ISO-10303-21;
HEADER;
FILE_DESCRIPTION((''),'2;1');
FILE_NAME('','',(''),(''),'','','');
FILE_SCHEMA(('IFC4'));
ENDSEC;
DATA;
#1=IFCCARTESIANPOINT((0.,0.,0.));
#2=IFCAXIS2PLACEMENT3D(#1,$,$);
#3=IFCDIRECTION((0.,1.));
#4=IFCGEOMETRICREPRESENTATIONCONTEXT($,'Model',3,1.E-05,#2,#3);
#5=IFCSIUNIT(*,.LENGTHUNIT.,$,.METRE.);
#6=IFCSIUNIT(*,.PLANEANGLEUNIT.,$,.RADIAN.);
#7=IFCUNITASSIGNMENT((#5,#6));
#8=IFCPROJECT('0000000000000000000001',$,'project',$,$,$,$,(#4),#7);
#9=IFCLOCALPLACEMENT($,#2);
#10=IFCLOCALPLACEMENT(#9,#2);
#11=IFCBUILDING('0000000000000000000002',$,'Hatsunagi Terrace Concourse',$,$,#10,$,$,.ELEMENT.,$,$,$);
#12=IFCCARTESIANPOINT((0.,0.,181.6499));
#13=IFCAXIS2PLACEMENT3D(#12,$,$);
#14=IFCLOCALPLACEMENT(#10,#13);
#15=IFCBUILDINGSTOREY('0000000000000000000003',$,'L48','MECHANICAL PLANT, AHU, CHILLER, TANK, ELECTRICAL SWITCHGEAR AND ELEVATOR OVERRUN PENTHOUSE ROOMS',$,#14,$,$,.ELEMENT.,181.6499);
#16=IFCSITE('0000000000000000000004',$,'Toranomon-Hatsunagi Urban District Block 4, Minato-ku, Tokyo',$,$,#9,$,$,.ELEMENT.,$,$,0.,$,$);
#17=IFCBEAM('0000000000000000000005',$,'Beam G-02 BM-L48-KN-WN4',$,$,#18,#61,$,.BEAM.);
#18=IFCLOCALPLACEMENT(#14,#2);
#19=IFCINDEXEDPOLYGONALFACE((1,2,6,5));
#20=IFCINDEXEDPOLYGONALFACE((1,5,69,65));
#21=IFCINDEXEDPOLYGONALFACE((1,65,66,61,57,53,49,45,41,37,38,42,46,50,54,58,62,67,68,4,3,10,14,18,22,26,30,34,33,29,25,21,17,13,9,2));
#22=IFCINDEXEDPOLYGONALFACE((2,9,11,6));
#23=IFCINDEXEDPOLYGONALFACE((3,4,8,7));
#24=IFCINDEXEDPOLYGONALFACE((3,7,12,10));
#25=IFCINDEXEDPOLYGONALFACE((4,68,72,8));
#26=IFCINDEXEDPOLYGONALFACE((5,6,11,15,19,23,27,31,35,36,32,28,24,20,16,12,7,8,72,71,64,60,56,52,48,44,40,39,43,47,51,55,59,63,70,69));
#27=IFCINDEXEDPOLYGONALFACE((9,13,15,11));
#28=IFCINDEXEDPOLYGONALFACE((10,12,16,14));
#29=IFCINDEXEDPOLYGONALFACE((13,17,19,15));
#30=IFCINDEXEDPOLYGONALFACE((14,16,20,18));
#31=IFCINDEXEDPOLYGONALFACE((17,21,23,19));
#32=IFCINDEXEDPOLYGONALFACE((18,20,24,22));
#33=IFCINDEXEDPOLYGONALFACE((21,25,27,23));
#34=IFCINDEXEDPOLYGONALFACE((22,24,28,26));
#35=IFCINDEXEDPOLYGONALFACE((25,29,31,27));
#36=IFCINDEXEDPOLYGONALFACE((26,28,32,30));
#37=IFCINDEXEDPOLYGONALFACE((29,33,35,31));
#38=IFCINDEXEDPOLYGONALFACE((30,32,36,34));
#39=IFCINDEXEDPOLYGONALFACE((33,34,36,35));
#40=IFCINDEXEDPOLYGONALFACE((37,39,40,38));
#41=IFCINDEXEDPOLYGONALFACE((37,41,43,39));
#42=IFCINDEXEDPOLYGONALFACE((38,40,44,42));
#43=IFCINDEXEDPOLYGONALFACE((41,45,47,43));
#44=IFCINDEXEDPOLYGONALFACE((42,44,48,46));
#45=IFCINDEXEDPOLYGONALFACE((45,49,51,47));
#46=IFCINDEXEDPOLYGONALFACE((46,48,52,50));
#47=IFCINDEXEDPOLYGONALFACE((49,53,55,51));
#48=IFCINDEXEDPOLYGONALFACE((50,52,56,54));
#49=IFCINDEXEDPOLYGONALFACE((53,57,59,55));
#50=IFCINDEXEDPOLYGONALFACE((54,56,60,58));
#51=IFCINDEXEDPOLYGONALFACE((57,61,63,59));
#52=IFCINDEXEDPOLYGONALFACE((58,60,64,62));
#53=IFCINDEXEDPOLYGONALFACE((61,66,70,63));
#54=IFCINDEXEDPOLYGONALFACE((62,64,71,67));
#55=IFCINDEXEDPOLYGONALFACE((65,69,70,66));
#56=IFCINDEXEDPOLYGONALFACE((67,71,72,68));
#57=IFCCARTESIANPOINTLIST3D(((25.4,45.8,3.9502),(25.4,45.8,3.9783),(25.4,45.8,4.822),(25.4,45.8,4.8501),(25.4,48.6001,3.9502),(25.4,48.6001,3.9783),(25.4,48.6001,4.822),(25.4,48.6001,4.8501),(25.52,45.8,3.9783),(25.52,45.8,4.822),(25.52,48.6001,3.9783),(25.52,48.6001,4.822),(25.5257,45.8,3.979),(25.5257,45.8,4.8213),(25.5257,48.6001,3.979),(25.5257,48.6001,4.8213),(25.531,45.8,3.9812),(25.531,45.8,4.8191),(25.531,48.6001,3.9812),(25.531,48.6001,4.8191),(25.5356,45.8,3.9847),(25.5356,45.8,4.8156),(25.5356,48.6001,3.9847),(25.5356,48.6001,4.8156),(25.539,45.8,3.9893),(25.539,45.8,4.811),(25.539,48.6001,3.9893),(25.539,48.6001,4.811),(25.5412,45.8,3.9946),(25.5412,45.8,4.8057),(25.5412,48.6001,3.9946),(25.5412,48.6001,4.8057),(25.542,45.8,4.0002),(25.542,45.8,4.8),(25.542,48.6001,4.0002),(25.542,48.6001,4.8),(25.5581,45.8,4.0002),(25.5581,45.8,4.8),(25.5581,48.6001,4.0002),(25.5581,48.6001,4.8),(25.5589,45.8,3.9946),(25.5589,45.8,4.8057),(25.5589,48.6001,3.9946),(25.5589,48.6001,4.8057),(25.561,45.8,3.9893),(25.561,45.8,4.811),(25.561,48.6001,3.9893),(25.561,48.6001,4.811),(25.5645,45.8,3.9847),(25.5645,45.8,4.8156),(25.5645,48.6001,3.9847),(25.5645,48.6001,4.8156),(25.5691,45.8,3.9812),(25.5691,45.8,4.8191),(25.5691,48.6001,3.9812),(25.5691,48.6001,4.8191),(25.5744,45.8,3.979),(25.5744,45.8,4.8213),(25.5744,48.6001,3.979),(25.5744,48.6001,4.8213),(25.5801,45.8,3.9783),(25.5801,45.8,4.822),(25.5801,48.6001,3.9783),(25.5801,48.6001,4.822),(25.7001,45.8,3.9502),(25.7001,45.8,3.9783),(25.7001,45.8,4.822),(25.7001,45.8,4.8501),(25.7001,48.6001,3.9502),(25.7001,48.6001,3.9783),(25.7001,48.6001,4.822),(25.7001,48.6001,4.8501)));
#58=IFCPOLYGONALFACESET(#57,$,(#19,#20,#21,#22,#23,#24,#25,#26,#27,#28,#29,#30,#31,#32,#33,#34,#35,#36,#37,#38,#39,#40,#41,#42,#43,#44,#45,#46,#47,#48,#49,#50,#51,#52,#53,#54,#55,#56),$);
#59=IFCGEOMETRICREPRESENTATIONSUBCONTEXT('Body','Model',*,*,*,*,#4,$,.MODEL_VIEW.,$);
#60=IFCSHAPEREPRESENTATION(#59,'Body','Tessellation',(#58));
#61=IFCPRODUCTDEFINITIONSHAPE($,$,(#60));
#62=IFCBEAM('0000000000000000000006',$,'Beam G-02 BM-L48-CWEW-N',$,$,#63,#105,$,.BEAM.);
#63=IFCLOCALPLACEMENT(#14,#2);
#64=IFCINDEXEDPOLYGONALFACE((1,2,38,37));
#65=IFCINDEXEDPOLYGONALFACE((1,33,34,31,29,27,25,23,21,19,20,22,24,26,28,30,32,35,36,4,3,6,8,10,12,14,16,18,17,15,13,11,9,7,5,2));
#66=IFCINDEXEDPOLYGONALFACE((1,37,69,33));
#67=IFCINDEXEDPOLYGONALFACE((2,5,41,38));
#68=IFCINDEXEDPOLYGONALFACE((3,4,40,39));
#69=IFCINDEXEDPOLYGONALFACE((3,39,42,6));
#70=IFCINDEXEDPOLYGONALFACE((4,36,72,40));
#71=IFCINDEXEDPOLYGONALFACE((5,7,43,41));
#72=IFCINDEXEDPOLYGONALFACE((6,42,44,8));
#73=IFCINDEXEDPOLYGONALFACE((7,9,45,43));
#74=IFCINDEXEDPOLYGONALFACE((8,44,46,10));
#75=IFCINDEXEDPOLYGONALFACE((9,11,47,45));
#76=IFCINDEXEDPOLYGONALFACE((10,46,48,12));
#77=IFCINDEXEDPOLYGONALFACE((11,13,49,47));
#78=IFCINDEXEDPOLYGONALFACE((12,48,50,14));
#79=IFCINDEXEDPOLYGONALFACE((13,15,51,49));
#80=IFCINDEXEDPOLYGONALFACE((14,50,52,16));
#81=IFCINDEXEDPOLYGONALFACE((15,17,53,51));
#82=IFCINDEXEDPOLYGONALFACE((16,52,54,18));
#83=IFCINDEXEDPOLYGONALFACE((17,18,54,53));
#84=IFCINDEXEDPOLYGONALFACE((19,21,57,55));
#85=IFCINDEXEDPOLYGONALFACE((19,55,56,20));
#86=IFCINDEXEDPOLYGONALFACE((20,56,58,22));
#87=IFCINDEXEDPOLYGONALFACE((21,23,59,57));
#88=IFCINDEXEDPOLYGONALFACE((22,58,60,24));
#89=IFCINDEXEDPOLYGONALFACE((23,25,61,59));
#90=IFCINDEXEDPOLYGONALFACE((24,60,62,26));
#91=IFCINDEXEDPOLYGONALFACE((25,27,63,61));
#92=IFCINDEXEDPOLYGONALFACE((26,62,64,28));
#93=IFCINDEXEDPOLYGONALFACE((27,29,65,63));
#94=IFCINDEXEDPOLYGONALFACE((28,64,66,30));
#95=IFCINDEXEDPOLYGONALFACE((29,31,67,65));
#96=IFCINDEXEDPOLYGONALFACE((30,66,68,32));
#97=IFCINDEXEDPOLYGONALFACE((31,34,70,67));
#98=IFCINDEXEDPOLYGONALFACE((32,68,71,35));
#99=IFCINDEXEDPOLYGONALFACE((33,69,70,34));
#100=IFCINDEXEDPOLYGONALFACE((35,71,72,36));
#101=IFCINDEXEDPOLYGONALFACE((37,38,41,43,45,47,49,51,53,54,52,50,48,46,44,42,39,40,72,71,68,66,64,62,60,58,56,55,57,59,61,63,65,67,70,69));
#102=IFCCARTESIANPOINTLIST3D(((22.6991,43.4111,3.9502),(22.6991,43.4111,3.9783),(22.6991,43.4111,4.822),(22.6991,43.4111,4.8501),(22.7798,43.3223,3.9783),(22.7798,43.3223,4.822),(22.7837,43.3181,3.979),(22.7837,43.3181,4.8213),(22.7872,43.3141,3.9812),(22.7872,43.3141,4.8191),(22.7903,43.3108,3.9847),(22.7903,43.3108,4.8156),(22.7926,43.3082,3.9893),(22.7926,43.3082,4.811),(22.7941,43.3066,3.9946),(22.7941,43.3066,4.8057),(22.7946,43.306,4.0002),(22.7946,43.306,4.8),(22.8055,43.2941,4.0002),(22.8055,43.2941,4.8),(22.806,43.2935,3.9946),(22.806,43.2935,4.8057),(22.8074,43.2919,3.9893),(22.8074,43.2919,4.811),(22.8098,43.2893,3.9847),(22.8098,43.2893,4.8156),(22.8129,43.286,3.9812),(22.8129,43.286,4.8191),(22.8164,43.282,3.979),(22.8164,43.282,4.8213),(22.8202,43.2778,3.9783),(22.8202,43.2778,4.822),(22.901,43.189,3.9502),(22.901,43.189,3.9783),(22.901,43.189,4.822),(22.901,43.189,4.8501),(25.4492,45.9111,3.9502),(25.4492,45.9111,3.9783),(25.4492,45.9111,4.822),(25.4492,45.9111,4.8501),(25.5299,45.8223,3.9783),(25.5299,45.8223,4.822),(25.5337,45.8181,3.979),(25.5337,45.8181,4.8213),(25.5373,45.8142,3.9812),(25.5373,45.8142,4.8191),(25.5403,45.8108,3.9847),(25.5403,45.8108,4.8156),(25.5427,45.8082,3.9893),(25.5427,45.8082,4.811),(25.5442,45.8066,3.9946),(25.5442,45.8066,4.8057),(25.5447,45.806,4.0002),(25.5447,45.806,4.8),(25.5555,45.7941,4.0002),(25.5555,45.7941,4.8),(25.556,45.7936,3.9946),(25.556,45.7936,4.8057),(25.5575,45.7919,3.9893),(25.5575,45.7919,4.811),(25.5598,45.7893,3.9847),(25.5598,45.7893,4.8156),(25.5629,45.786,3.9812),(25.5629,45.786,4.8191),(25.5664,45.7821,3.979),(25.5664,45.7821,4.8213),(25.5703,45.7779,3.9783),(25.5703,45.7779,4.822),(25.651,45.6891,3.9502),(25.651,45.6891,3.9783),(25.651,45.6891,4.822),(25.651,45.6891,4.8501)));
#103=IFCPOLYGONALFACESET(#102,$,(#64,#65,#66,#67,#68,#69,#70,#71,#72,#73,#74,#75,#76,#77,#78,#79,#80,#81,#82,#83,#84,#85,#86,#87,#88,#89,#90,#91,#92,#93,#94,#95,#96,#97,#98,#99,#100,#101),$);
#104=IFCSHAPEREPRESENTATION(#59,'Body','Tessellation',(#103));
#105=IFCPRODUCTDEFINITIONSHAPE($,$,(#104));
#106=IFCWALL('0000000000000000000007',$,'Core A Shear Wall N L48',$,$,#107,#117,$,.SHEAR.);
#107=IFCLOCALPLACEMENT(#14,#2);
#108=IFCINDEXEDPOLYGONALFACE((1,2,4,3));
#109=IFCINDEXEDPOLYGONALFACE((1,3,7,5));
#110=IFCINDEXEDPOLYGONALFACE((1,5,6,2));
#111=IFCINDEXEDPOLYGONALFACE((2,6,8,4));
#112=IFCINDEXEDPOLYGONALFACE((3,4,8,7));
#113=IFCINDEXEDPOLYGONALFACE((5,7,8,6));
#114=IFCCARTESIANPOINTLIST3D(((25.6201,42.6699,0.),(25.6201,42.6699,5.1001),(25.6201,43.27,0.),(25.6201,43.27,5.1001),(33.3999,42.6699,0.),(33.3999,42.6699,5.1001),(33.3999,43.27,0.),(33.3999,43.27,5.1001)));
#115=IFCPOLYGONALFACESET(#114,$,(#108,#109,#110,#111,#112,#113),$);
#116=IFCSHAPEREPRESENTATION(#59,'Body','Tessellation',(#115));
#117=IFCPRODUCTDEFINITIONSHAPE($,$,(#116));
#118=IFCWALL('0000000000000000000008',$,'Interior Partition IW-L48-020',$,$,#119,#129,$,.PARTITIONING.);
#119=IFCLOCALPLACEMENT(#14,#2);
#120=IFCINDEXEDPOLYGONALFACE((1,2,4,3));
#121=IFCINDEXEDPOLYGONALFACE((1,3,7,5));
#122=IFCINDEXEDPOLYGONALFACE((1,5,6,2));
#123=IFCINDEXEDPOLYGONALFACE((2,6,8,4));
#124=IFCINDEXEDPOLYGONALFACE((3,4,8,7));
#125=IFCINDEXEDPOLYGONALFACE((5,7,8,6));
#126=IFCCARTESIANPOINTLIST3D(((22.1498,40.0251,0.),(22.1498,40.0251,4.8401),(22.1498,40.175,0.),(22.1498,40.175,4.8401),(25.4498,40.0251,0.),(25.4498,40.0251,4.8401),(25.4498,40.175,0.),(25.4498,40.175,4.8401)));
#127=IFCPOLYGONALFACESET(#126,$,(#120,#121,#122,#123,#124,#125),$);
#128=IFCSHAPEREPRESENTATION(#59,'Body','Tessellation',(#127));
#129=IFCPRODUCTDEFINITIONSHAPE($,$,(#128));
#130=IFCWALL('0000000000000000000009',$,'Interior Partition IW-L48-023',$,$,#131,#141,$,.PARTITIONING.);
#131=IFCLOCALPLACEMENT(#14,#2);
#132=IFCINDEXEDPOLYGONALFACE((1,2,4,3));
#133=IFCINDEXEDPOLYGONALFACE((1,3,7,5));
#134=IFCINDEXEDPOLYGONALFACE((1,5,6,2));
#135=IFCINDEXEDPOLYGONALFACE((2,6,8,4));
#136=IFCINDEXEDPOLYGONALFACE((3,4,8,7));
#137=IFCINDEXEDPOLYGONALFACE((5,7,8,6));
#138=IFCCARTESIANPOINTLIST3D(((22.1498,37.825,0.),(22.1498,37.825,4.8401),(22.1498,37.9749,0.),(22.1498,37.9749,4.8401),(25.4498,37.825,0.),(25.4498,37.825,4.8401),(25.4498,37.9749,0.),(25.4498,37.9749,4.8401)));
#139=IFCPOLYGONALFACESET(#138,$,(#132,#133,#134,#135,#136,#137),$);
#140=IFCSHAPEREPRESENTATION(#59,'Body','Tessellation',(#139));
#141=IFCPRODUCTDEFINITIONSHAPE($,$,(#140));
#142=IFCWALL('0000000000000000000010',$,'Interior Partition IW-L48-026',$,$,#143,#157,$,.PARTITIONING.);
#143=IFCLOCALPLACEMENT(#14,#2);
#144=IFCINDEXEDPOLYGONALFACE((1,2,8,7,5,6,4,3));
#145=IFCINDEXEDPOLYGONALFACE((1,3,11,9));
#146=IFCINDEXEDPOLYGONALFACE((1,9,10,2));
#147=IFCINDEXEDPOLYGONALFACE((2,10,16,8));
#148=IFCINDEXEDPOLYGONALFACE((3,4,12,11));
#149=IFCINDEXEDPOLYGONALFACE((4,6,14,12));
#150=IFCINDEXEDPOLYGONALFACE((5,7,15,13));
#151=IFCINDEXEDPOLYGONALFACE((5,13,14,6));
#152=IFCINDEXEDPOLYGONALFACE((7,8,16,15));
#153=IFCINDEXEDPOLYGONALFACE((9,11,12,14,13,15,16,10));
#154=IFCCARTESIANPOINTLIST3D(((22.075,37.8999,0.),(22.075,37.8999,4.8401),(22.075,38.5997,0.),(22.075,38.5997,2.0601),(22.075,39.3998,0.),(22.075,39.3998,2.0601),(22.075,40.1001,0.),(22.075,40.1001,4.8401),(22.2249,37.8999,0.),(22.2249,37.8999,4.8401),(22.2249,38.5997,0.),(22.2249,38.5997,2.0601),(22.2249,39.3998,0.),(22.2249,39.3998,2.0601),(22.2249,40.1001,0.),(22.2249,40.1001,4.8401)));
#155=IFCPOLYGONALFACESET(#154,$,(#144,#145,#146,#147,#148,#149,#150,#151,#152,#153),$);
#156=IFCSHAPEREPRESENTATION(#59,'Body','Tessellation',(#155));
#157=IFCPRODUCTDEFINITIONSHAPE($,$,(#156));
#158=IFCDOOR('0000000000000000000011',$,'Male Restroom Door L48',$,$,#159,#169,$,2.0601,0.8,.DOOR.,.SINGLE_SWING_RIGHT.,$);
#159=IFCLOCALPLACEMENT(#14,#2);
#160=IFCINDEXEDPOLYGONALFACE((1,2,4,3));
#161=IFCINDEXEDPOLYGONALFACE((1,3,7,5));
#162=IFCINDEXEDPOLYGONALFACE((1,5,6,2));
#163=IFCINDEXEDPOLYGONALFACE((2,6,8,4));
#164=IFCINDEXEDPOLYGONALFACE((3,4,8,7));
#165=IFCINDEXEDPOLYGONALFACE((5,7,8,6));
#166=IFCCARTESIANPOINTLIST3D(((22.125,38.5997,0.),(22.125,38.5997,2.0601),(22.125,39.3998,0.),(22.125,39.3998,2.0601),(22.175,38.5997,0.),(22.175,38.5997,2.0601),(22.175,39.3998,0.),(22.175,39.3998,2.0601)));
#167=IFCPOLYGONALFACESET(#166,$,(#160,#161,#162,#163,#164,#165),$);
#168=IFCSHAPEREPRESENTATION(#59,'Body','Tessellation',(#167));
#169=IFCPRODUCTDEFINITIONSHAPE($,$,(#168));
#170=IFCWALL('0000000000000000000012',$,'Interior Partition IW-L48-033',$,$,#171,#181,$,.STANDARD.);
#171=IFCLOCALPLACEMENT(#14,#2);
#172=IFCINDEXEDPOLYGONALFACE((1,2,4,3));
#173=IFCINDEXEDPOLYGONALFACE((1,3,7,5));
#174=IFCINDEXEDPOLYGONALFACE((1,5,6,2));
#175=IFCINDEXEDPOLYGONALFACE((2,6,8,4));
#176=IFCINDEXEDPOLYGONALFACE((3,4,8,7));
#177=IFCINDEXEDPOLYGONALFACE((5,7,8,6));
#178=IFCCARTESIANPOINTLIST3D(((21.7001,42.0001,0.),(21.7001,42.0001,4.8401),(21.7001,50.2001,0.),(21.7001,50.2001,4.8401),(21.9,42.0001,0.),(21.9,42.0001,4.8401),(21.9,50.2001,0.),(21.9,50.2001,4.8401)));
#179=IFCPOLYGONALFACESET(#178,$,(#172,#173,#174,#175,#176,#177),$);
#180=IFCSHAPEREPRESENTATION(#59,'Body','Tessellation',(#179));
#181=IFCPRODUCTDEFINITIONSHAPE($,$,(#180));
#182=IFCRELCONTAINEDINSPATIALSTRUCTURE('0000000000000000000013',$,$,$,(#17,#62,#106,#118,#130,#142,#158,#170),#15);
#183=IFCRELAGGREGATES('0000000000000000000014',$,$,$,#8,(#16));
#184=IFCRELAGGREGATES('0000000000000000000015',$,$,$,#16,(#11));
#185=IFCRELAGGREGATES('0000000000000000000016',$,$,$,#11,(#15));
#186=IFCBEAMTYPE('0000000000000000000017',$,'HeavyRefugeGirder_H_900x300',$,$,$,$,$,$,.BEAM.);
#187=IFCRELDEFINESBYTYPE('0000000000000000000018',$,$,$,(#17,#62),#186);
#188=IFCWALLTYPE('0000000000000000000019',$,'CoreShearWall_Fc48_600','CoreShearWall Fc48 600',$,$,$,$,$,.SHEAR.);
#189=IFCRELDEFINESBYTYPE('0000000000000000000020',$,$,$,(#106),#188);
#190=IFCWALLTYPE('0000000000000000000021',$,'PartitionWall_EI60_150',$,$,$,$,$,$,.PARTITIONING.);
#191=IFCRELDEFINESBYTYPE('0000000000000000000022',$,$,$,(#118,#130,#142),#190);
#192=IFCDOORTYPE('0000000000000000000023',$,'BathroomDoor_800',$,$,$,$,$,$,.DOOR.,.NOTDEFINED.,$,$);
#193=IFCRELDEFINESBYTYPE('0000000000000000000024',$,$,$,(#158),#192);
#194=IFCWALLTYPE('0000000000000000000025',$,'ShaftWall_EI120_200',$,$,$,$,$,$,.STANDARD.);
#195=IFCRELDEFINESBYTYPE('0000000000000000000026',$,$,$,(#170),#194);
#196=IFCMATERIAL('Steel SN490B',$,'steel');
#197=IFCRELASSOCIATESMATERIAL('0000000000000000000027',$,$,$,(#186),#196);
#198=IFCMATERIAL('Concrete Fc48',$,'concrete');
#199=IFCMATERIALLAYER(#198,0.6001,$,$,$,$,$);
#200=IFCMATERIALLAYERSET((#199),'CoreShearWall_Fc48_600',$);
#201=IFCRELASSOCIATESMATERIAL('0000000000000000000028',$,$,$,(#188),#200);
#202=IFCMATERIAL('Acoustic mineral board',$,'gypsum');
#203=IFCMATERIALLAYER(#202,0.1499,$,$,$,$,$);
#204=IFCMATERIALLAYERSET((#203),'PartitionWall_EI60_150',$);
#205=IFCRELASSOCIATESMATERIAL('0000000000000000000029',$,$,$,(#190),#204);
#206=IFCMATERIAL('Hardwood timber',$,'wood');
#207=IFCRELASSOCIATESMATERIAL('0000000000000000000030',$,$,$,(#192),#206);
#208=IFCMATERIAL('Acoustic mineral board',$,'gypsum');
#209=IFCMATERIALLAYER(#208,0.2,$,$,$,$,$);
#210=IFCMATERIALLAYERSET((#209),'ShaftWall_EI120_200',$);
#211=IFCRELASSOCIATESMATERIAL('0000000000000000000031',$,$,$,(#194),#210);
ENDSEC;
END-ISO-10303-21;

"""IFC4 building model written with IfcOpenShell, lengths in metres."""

from ifc_helpers import new_model, si_unit, direction, frame, frame_2d, origin, origin_2d, place, context, subcontext, project, spatial, rectangle, i_section, extrude, material, layer, layer_set, material_profile, profile_set, type_object, element, fill, save


model = new_model("IFC4")

# Units and contexts
model_context = context("Model", 3, precision=1e-05, world=origin(), true_north=direction((0.0, 1.0)))
body_context = subcontext(model_context, "Body", "Model", "MODEL_VIEW")
ifc_project = project(units=[si_unit("LENGTHUNIT", "METRE"), si_unit("PLANEANGLEUNIT", "RADIAN")], contexts=[model_context])

# Site, building, storey
site_placement = place(None, origin())
site = spatial("IfcSite", under=ifc_project, at=site_placement, Name="Toranomon-Hatsunagi Urban District Block 4, Minato-ku, Tokyo", CompositionType="ELEMENT", RefElevation=0.0)
building_placement = place(site_placement, origin())
building = spatial("IfcBuilding", under=site, at=building_placement, Name="Hatsunagi Terrace Concourse", CompositionType="ELEMENT")
storey_placement = place(building_placement, frame((0.0, 0.0, 181.6499)))
storey = spatial("IfcBuildingStorey", under=building, at=storey_placement, Name="L48", Description="MECHANICAL PLANT, AHU, CHILLER, TANK, ELECTRICAL SWITCHGEAR AND ELEVATOR OVERRUN PENTHOUSE ROOMS", CompositionType="ELEMENT", Elevation=181.6499)

# Beams
ifc_material_1 = material(Name="Steel SN490B", Category="steel")
ifc_material_profile_1 = material_profile(ifc_material_1, i_section(OverallWidth=0.3, OverallDepth=0.8999, WebThickness=0.0161, FlangeThickness=0.0281, FilletRadius=0.022, at=origin_2d()), Name="H-900x300x16x28")
ifc_profile_set_1 = profile_set([ifc_material_profile_1], Name="Steel SN490B")
beam_type = type_object("IfcBeamType", Name="HeavyRefugeGirder_H_900x300", PredefinedType="BEAM", material=ifc_profile_set_1)
beam_1_placement = place(storey_placement, frame((25.55, 45.8, 4.4001), z_axis=(0.0, 1.0, 0.0), x_axis=(-1.0, 0.0, 0.0)))
element("IfcBeam", 1, at=beam_1_placement, inside=storey, type_object=beam_type, Name="Beam G-02 BM-L48-KN-WN4", PredefinedType="BEAM", context=body_context, shape_type="SweptSolid", body=[
    extrude(i_section(OverallWidth=0.3, OverallDepth=0.8999, WebThickness=0.0161, FlangeThickness=0.0281, FilletRadius=0.022, at=origin_2d()), origin(), (0.0, 0.0, 1.0), 2.8),
])
beam_2_placement = place(storey_placement, frame((22.8, 43.3, 4.4001), z_axis=(0.73994, 0.672673, 0.0), x_axis=(-0.672673, 0.73994, 0.0)))
element("IfcBeam", 2, at=beam_2_placement, inside=storey, type_object=beam_type, Name="Beam G-02 BM-L48-CWEW-N", PredefinedType="BEAM", context=body_context, shape_type="SweptSolid", body=[
    extrude(i_section(OverallWidth=0.3, OverallDepth=0.8999, WebThickness=0.0161, FlangeThickness=0.0281, FilletRadius=0.022, at=origin_2d()), origin(), (0.0, 0.0, 1.0), 3.7166),
])

# Walls
ifc_material_2 = material(Name="Concrete Fc48", Category="concrete")
ifc_layer_1 = layer(ifc_material_2, 0.6001)
ifc_layer_set_1 = layer_set([ifc_layer_1], Name="CoreShearWall_Fc48_600")
wall_type_1 = type_object("IfcWallType", Name="CoreShearWall_Fc48_600", Description="CoreShearWall Fc48 600", PredefinedType="SHEAR", material=ifc_layer_set_1)
wall_1_placement = place(storey_placement, frame((25.6201, 42.97, 0.0), z_axis=(0.0, 0.0, 1.0), x_axis=(1.0, 0.0, 0.0)))
element("IfcWall", 3, at=wall_1_placement, inside=storey, type_object=wall_type_1, Name="Core A Shear Wall N L48", PredefinedType="SHEAR", context=body_context, shape_type="SweptSolid", body=[
    extrude(rectangle(XDim=7.7798, YDim=0.6001, at=frame_2d((3.8899, 0.0))), origin(), (0.0, 0.0, 1.0), 5.1001),
])
ifc_material_3 = material(Name="Acoustic mineral board", Category="gypsum")
ifc_layer_2 = layer(ifc_material_3, 0.1499)
ifc_layer_set_2 = layer_set([ifc_layer_2], Name="PartitionWall_EI60_150")
wall_type_2 = type_object("IfcWallType", Name="PartitionWall_EI60_150", PredefinedType="PARTITIONING", material=ifc_layer_set_2)
for number, where, z_axis, x_axis, name in (
    (4, (22.1499, 40.1001, 0.0), (0.0, 0.0, 1.0), (1.0, 0.0, 0.0), "Interior Partition IW-L48-020"),
    (5, (22.1499, 37.8999, 0.0), (0.0, 0.0, 1.0), (1.0, 0.0, 0.0), "Interior Partition IW-L48-023"),
):
    element("IfcWall", number, at=place(storey_placement, frame(where, z_axis=z_axis, x_axis=x_axis)), inside=storey, type_object=wall_type_2, Name=name, PredefinedType="PARTITIONING", context=body_context, shape_type="SweptSolid", body=[
        extrude(rectangle(XDim=3.3, YDim=0.1499, at=frame_2d((1.6499, 0.0))), origin(), (0.0, 0.0, 1.0), 4.8401),
    ])

# Wall, opening, door
wall_2_placement = place(storey_placement, frame((22.1499, 37.8999, 0.0), z_axis=(0.0, 0.0, 1.0), x_axis=(0.0, 1.0, 0.0)))
wall_2 = element("IfcWall", 6, at=wall_2_placement, inside=storey, type_object=wall_type_2, Name="Interior Partition IW-L48-026", PredefinedType="PARTITIONING", context=body_context, shape_type="SweptSolid", body=[
    extrude(rectangle(XDim=2.2002, YDim=0.1499, at=frame_2d((1.1001, 0.0))), origin(), (0.0, 0.0, 1.0), 4.8401),
])
opening_1_placement = place(wall_2_placement, frame((0.7, 0.0, 0.0)))
opening_1 = element("IfcOpeningElement", 7, at=opening_1_placement, cuts=wall_2, PredefinedType="OPENING", context=body_context, shape_type="SweptSolid", body=[
    extrude(rectangle(XDim=0.8, YDim=2.0601, at=frame_2d((0.3999, 1.03))), frame((0.0, 0.085, 0.0), z_axis=(0.0, -1.0, 0.0), x_axis=(1.0, 0.0, 0.0)), (0.0, 0.0, 1.0), 0.1699),
])
ifc_material_4 = material(Name="Hardwood timber", Category="wood")
door_type_1 = type_object("IfcDoorType", Name="BathroomDoor_800", OperationType="NOTDEFINED", PredefinedType="DOOR", material=ifc_material_4)
door_1_placement = place(opening_1_placement, origin())
door_1 = element("IfcDoor", 8, at=door_1_placement, inside=storey, type_object=door_type_1, Name="Male Restroom Door L48", OperationType="SINGLE_SWING_RIGHT", OverallHeight=2.0601, OverallWidth=0.8, PredefinedType="DOOR", context=body_context, shape_type="SweptSolid", body=[
    extrude(rectangle(XDim=0.8, YDim=2.0601, at=frame_2d((0.3999, 1.03))), frame((0.0, 0.0249, 0.0), z_axis=(0.0, -1.0, 0.0), x_axis=(1.0, 0.0, 0.0)), (0.0, 0.0, 1.0), 0.05),
])
fill(opening_1, door_1)

# Wall
ifc_material_5 = material(Name="Acoustic mineral board", Category="gypsum")
ifc_layer_3 = layer(ifc_material_5, 0.2)
ifc_layer_set_3 = layer_set([ifc_layer_3], Name="ShaftWall_EI120_200")
wall_type_3 = type_object("IfcWallType", Name="ShaftWall_EI120_200", PredefinedType="STANDARD", material=ifc_layer_set_3)
wall_3_placement = place(storey_placement, frame((21.8, 42.0, 0.0), z_axis=(0.0, 0.0, 1.0), x_axis=(0.0, 1.0, 0.0)))
element("IfcWall", 9, at=wall_3_placement, inside=storey, type_object=wall_type_3, Name="Interior Partition IW-L48-033", PredefinedType="STANDARD", context=body_context, shape_type="SweptSolid", body=[
    extrude(rectangle(XDim=8.2, YDim=0.2, at=frame_2d((4.1001, 0.0))), origin(), (0.0, 0.0, 1.0), 4.8401),
])

save(model, "model.ifc")
